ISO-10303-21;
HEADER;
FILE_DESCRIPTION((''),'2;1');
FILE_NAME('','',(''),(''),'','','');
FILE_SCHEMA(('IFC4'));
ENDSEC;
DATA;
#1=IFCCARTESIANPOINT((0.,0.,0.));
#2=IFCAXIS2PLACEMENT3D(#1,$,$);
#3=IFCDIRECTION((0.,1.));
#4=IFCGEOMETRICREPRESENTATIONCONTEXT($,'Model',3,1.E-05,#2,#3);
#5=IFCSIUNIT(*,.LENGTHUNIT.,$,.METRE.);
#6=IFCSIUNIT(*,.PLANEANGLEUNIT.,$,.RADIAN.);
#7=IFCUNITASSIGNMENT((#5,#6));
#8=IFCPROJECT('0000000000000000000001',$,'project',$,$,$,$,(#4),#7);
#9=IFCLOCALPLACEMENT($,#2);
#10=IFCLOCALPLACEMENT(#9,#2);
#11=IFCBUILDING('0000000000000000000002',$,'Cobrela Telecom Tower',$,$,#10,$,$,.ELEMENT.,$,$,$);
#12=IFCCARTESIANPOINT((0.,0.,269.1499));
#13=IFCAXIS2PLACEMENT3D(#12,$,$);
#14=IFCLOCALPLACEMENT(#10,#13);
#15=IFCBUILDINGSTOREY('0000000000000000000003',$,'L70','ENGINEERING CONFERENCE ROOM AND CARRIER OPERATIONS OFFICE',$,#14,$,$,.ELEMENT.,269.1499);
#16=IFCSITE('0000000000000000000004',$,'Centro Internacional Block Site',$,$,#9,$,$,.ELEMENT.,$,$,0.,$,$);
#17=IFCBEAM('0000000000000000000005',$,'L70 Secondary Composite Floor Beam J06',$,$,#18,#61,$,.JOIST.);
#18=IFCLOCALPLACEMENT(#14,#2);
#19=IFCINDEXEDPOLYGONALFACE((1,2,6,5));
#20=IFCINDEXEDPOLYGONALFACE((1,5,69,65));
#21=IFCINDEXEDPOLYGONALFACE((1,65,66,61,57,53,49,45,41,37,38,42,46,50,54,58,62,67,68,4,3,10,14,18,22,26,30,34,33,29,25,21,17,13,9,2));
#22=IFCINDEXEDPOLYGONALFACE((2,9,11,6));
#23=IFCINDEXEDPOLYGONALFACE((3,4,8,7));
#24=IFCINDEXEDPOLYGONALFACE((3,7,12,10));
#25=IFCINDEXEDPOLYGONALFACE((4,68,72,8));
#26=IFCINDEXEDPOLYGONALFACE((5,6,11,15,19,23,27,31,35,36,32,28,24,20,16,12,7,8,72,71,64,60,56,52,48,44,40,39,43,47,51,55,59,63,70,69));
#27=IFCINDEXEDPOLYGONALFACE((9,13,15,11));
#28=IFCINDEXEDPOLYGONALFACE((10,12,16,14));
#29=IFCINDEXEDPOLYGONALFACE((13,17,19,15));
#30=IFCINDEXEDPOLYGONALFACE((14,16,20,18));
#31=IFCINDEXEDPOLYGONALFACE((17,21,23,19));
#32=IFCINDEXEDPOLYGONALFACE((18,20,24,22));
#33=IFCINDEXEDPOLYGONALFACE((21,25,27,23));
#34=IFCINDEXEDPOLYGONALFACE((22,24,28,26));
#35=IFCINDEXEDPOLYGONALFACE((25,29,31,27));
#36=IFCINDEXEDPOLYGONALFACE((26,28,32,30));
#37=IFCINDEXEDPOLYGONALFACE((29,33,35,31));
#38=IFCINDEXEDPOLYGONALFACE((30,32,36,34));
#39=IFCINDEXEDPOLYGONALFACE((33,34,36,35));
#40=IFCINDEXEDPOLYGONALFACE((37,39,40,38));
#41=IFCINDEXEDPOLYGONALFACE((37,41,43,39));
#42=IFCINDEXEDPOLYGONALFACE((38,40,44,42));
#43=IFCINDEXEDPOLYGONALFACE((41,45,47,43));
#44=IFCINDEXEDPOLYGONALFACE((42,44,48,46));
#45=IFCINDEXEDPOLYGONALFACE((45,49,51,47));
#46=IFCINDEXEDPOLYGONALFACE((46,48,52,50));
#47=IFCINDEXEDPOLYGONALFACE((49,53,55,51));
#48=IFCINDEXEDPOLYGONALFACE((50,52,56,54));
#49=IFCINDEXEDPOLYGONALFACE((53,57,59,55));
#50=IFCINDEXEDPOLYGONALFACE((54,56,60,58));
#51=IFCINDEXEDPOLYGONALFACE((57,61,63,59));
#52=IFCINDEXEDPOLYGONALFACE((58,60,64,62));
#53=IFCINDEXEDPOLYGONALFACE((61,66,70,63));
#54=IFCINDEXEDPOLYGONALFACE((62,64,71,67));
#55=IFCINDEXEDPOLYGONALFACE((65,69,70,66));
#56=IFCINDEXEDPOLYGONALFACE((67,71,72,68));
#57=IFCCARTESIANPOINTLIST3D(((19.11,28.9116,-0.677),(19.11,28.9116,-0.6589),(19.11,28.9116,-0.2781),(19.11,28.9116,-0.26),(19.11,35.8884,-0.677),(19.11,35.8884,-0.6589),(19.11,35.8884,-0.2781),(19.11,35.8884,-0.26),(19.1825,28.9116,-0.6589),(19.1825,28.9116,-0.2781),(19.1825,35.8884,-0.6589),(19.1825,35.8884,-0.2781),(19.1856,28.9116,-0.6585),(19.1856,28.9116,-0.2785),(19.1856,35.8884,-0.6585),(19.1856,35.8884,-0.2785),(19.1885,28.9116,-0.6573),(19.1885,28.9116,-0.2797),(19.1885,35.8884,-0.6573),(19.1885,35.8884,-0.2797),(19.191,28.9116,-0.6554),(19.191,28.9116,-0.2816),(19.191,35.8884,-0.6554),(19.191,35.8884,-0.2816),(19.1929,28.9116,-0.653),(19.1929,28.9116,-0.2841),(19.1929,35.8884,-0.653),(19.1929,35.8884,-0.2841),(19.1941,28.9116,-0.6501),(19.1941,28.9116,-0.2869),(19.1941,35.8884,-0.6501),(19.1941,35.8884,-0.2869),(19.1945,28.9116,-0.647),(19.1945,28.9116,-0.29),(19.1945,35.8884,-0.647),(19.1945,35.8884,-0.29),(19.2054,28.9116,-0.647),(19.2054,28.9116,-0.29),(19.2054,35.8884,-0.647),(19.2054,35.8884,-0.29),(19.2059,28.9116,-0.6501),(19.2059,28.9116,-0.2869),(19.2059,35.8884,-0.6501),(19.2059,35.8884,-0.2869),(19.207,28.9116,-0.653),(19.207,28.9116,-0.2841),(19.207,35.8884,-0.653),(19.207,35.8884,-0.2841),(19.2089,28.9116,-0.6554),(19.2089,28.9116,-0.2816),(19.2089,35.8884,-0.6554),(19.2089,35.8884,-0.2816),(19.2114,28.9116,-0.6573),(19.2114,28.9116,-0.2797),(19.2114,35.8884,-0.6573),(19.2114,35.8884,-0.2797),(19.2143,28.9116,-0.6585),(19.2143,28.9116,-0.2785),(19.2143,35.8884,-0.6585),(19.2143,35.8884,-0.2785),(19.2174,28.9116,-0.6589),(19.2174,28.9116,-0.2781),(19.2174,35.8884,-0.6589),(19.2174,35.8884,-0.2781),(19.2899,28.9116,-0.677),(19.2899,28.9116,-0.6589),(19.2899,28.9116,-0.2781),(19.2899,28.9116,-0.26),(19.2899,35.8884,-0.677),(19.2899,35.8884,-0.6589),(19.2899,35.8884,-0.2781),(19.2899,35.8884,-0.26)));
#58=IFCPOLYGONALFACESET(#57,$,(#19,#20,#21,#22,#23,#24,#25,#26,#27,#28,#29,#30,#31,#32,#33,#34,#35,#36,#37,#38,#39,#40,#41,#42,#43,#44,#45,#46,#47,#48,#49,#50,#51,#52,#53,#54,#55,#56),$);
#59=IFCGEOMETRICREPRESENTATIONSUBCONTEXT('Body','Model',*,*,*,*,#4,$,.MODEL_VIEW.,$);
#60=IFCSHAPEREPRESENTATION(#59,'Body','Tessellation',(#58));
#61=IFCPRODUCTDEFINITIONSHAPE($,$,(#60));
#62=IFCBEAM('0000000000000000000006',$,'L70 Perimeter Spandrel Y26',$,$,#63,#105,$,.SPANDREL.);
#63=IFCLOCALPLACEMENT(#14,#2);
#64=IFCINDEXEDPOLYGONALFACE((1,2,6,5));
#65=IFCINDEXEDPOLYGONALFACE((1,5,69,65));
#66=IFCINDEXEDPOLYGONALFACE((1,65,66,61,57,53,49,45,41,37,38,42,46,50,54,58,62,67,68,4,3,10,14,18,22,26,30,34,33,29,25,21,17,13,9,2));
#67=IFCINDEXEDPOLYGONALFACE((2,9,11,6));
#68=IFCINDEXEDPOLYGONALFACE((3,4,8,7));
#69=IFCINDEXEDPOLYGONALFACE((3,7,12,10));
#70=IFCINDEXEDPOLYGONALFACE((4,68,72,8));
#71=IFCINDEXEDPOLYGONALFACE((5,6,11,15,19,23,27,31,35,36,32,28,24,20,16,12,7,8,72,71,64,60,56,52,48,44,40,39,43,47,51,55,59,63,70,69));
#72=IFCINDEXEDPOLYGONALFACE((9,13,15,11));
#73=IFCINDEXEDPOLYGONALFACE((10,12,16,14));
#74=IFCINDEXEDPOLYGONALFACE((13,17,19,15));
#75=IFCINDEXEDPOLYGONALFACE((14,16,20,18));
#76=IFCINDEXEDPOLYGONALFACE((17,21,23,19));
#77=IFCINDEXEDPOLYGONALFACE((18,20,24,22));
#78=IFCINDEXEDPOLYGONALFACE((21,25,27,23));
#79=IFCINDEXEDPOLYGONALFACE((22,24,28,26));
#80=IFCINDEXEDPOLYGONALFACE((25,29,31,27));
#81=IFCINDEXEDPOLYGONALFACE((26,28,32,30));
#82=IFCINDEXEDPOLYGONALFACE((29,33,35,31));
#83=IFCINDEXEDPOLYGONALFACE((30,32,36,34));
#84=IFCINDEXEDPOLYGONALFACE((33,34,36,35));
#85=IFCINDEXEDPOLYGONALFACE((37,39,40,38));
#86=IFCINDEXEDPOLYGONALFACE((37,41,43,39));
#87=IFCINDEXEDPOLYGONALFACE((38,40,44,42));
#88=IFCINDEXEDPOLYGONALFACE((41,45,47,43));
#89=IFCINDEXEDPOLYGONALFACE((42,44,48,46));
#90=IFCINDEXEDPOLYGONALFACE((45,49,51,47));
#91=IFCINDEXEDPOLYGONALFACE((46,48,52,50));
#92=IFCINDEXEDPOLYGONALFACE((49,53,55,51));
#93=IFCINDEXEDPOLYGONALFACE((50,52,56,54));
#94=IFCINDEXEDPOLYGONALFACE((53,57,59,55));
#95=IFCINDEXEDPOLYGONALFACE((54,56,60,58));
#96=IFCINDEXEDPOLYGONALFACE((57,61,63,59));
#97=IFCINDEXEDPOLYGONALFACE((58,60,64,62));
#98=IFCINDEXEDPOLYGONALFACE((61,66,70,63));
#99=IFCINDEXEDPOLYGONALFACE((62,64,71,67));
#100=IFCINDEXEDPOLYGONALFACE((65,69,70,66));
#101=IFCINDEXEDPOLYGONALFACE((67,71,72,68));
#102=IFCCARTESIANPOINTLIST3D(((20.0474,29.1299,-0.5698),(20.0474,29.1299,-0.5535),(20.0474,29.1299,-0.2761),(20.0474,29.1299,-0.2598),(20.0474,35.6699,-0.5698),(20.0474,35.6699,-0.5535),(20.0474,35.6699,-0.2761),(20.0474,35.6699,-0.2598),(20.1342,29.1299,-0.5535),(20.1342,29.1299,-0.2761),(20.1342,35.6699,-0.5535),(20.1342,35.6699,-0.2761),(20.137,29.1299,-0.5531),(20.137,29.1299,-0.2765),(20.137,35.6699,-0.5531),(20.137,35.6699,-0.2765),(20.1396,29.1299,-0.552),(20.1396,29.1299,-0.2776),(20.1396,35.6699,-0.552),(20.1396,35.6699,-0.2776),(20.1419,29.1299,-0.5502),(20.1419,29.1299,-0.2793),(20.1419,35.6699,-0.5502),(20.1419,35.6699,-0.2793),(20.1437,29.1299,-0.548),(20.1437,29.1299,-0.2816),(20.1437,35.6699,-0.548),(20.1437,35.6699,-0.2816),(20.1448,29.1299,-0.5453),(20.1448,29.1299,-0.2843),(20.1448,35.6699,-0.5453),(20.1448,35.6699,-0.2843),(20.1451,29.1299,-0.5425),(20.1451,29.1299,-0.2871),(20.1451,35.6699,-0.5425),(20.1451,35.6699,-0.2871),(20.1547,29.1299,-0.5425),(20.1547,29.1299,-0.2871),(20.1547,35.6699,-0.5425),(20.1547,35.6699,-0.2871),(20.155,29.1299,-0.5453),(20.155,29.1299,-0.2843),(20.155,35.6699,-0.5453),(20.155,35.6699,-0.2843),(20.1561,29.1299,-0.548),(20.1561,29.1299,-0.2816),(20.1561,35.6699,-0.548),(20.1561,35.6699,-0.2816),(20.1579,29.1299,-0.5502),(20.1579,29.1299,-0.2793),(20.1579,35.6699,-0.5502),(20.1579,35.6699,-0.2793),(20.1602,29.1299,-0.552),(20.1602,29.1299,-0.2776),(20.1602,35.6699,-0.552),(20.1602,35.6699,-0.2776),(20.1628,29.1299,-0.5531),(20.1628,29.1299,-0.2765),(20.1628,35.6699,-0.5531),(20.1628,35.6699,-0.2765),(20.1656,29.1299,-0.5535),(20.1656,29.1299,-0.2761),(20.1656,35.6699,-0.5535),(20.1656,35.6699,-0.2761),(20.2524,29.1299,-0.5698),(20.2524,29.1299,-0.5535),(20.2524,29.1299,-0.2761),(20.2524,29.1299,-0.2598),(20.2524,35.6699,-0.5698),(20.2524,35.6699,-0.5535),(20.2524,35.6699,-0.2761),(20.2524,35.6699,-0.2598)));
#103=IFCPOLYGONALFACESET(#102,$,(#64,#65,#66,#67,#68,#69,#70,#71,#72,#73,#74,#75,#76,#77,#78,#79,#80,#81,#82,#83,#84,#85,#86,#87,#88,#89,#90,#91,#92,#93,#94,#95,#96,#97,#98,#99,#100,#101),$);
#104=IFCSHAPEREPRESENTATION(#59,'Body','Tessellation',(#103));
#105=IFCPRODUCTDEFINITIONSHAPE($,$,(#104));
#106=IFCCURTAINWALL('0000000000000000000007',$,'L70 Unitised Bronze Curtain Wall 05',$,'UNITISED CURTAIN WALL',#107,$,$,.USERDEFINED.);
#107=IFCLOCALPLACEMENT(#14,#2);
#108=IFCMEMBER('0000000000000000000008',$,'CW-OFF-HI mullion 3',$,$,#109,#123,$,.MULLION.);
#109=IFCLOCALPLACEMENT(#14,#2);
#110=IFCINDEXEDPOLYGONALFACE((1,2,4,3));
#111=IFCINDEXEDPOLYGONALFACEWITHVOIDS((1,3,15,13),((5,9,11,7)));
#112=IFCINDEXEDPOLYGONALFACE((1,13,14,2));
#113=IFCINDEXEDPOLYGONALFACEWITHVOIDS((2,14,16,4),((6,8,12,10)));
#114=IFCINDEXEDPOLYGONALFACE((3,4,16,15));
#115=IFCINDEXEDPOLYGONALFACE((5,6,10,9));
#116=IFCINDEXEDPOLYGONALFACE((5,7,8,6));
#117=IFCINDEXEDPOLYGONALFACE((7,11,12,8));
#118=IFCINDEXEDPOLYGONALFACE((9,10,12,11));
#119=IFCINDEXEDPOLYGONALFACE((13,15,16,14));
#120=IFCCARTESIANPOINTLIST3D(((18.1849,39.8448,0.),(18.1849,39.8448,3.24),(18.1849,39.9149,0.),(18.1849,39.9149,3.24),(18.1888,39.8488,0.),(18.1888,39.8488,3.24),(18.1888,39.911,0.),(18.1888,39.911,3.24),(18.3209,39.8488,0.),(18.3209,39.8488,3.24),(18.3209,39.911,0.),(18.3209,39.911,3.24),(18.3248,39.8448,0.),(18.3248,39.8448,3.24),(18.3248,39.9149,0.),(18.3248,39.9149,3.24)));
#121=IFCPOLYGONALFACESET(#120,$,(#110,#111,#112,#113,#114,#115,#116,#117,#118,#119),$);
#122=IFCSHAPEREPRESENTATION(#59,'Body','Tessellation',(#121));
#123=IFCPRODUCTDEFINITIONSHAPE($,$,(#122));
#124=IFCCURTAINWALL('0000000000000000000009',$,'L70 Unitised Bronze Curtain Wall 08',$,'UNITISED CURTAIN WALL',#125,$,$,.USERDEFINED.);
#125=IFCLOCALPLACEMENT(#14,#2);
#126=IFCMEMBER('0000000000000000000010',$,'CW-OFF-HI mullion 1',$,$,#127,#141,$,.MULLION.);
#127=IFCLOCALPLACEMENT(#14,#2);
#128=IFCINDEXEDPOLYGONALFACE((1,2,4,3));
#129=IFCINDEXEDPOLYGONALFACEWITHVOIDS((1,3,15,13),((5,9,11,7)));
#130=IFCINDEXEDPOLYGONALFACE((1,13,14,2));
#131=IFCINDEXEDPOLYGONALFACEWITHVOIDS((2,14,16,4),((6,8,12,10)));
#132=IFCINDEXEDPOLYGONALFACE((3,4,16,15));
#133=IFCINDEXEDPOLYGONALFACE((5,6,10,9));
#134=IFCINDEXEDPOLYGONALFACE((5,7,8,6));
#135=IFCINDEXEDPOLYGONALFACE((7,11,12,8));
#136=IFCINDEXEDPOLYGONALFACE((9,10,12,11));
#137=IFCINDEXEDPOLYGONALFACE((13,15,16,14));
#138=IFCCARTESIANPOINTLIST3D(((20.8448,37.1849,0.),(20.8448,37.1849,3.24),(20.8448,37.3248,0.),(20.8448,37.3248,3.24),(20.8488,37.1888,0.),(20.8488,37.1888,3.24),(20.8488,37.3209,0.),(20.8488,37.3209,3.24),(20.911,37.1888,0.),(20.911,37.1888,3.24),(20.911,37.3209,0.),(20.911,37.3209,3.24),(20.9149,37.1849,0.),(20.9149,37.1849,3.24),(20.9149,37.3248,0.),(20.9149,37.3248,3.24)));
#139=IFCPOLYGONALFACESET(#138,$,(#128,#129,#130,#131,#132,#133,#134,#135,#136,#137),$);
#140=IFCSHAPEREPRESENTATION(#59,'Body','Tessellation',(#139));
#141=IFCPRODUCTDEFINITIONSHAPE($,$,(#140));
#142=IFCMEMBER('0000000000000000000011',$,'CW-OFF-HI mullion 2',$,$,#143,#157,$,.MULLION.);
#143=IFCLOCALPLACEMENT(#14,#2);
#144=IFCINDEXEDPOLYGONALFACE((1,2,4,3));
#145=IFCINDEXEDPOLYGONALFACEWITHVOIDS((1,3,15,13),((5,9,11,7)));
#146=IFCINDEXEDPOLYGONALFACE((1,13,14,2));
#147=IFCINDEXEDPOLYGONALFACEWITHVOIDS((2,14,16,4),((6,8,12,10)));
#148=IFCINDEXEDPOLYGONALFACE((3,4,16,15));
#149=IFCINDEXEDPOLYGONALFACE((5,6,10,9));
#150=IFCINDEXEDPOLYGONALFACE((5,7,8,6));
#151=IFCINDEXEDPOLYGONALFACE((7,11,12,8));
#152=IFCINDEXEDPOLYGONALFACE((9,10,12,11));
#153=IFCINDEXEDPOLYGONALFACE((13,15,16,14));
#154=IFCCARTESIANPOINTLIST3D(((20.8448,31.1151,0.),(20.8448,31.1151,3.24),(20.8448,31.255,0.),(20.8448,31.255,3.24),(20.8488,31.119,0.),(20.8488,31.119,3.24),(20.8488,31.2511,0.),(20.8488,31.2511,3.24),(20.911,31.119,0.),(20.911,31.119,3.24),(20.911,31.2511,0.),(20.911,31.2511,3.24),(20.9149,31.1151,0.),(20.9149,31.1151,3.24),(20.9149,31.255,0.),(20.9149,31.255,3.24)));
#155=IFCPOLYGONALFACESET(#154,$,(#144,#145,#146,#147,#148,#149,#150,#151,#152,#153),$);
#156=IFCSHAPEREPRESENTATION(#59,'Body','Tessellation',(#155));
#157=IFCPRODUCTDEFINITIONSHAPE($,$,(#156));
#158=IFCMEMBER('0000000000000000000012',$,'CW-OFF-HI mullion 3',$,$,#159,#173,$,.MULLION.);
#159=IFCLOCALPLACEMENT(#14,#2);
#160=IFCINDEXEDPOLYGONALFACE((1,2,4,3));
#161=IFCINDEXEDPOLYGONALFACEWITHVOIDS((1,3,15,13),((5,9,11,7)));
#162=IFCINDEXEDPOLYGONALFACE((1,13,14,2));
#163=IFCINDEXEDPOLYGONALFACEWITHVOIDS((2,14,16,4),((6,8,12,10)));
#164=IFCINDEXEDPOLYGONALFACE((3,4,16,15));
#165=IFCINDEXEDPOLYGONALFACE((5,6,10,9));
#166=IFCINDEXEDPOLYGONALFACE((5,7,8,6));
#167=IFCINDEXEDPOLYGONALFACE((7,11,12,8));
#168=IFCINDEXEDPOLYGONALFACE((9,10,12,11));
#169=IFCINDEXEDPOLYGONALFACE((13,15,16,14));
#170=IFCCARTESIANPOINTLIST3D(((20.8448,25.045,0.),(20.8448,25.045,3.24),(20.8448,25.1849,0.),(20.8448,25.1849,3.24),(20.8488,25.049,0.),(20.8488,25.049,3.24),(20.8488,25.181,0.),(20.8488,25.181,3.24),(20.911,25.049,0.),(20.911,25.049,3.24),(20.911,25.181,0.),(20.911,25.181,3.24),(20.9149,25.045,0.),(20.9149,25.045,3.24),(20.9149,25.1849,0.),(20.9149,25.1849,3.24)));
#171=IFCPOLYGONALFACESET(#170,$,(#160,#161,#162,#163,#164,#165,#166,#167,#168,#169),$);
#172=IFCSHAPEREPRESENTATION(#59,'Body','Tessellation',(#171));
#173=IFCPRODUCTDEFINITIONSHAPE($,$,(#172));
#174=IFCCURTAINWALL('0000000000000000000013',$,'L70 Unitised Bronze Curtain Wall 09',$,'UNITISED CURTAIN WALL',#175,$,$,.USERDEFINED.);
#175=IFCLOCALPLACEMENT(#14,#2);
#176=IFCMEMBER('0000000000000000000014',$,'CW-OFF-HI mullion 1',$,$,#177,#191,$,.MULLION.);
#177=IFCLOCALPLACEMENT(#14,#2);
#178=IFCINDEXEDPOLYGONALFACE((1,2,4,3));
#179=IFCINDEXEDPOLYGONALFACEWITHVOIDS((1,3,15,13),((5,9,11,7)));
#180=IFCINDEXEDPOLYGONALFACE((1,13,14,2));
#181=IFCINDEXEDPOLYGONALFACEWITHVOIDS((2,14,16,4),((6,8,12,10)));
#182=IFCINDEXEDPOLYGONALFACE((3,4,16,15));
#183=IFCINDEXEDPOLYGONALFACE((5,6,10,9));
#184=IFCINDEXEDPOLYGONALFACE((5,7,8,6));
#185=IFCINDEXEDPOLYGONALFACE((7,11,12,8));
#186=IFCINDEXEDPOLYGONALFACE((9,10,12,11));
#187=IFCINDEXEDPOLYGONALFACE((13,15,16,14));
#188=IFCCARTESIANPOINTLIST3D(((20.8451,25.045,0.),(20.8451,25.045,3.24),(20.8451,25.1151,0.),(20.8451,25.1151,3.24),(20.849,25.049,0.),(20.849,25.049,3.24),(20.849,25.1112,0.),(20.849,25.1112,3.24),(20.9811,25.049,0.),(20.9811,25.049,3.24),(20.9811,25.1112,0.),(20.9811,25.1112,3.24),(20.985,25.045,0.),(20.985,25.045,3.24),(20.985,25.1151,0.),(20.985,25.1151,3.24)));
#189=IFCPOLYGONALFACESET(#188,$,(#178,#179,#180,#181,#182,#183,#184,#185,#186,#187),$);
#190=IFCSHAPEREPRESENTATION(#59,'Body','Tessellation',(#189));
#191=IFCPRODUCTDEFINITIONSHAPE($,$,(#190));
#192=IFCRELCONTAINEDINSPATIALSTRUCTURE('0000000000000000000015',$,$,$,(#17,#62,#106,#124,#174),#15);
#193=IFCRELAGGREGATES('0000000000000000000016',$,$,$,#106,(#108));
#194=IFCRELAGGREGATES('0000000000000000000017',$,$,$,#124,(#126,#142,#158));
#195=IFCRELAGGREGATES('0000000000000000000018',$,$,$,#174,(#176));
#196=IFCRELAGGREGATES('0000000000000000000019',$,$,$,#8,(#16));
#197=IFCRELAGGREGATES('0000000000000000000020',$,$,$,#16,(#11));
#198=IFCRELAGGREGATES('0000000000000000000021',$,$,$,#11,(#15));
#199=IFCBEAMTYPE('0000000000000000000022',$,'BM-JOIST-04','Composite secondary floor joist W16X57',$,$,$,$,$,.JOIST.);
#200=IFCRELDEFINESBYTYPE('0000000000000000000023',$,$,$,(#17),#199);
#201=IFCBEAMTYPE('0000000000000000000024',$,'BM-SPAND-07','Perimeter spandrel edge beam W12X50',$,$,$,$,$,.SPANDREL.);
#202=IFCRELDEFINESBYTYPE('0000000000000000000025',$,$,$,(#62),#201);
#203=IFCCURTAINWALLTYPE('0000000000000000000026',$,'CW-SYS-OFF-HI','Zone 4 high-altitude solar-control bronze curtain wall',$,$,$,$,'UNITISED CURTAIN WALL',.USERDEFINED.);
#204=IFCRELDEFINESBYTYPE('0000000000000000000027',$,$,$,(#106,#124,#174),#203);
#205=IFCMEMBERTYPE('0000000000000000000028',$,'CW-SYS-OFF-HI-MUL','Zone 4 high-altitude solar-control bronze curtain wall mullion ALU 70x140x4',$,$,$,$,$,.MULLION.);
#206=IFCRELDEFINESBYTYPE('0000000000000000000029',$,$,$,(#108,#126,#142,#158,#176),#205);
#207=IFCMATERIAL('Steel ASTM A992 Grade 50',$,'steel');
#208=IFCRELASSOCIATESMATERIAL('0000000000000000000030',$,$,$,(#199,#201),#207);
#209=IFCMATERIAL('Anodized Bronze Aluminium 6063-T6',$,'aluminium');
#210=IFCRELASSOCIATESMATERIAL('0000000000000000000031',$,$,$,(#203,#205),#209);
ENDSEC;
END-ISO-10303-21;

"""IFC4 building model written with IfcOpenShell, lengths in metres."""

from ifc_helpers import new_model, si_unit, direction, frame, origin, origin_2d, place, context, subcontext, project, spatial, hollow_rectangle, i_section, extrude, material, material_profile, profile_set, type_object, element, aggregate, save


model = new_model("IFC4")

# Units and contexts
model_context = context("Model", 3, precision=1e-05, world=origin(), true_north=direction((0.0, 1.0)))
body_context = subcontext(model_context, "Body", "Model", "MODEL_VIEW")
ifc_project = project(units=[si_unit("LENGTHUNIT", "METRE"), si_unit("PLANEANGLEUNIT", "RADIAN")], contexts=[model_context])

# Site, building, storey
site_placement = place(None, origin())
site = spatial("IfcSite", under=ifc_project, at=site_placement, Name="Centro Internacional Block Site", CompositionType="ELEMENT", RefElevation=0.0)
building_placement = place(site_placement, origin())
building = spatial("IfcBuilding", under=site, at=building_placement, Name="Cobrela Telecom Tower", CompositionType="ELEMENT")
storey_placement = place(building_placement, frame((0.0, 0.0, 269.1499)))
storey = spatial("IfcBuildingStorey", under=building, at=storey_placement, Name="L70", Description="ENGINEERING CONFERENCE ROOM AND CARRIER OPERATIONS OFFICE", CompositionType="ELEMENT", Elevation=269.1499)

# Shared definitions
ifc_material_1 = material(Name="Steel ASTM A992 Grade 50", Category="steel")

# Beams
ifc_material_profile_1 = material_profile(ifc_material_1, i_section(OverallWidth=0.1799, OverallDepth=0.417, WebThickness=0.011, FlangeThickness=0.0181, FilletRadius=0.012, at=origin_2d()), Name="W16X57")
ifc_profile_set_1 = profile_set([ifc_material_profile_1], Name="Steel ASTM A992 Grade 50")
beam_type_1 = type_object("IfcBeamType", Name="BM-JOIST-04", Description="Composite secondary floor joist W16X57", PredefinedType="JOIST", material=ifc_profile_set_1)
beam_1_placement = place(storey_placement, frame((19.2, 28.9116, -0.4685), z_axis=(0.0, 1.0, 0.0), x_axis=(-1.0, 0.0, 0.0)))
element("IfcBeam", 1, at=beam_1_placement, inside=storey, type_object=beam_type_1, Name="L70 Secondary Composite Floor Beam J06", PredefinedType="JOIST", context=body_context, shape_type="SweptSolid", body=[
    extrude(i_section(OverallWidth=0.1799, OverallDepth=0.417, WebThickness=0.011, FlangeThickness=0.0181, FilletRadius=0.012, at=origin_2d()), origin(), (0.0, 0.0, 1.0), 6.9768),
])
ifc_material_profile_2 = material_profile(ifc_material_1, i_section(OverallWidth=0.2051, OverallDepth=0.3101, WebThickness=0.0095, FlangeThickness=0.0164, FilletRadius=0.011, at=origin_2d()), Name="W12X50")
ifc_profile_set_2 = profile_set([ifc_material_profile_2], Name="Steel ASTM A992 Grade 50")
beam_type_2 = type_object("IfcBeamType", Name="BM-SPAND-07", Description="Perimeter spandrel edge beam W12X50", PredefinedType="SPANDREL", material=ifc_profile_set_2)
beam_2_placement = place(storey_placement, frame((20.1499, 29.1299, -0.4148), z_axis=(0.0, 1.0, 0.0), x_axis=(-1.0, 0.0, 0.0)))
element("IfcBeam", 2, at=beam_2_placement, inside=storey, type_object=beam_type_2, Name="L70 Perimeter Spandrel Y26", PredefinedType="SPANDREL", context=body_context, shape_type="SweptSolid", body=[
    extrude(i_section(OverallWidth=0.2051, OverallDepth=0.3101, WebThickness=0.0095, FlangeThickness=0.0164, FilletRadius=0.011, at=origin_2d()), origin(), (0.0, 0.0, 1.0), 6.54),
])

# Curtain wall, member
ifc_material_2 = material(Name="Anodized Bronze Aluminium 6063-T6", Category="aluminium")
curtain_wall_type = type_object("IfcCurtainWallType", Name="CW-SYS-OFF-HI", Description="Zone 4 high-altitude solar-control bronze curtain wall", ElementType="UNITISED CURTAIN WALL", PredefinedType="USERDEFINED", material=ifc_material_2)
curtain_wall_1_placement = place(storey_placement, origin())
curtain_wall_1 = element("IfcCurtainWall", 3, at=curtain_wall_1_placement, inside=storey, type_object=curtain_wall_type, Name="L70 Unitised Bronze Curtain Wall 05", ObjectType="UNITISED CURTAIN WALL", PredefinedType="USERDEFINED")
ifc_material_profile_3 = material_profile(ifc_material_2, hollow_rectangle(XDim=0.0701, YDim=0.1399, WallThickness=0.0039, at=origin_2d()), Name="ALU 70x140x4")
ifc_profile_set_3 = profile_set([ifc_material_profile_3], Name="Anodized Bronze Aluminium 6063-T6")
member_type_1 = type_object("IfcMemberType", Name="CW-SYS-OFF-HI-MUL", Description="Zone 4 high-altitude solar-control bronze curtain wall mullion ALU 70x140x4", PredefinedType="MULLION", material=ifc_profile_set_3)
member_1_placement = place(storey_placement, frame((18.2549, 39.8799, 0.0), z_axis=(0.0, 0.0, 1.0), x_axis=(0.0, 1.0, 0.0)))
member_1 = element("IfcMember", 4, at=member_1_placement, type_object=member_type_1, Name="CW-OFF-HI mullion 3", PredefinedType="MULLION", context=body_context, shape_type="SweptSolid", body=[
    extrude(hollow_rectangle(XDim=0.0701, YDim=0.1399, WallThickness=0.0039, at=origin_2d()), origin(), (0.0, 0.0, 1.0), 3.24),
])
aggregate(curtain_wall_1, [member_1])

# Curtain wall, members
curtain_wall_2_placement = place(storey_placement, origin())
curtain_wall_2 = element("IfcCurtainWall", 5, at=curtain_wall_2_placement, inside=storey, type_object=curtain_wall_type, Name="L70 Unitised Bronze Curtain Wall 08", ObjectType="UNITISED CURTAIN WALL", PredefinedType="USERDEFINED")
member_2_placement = place(storey_placement, frame((20.8799, 37.2549, 0.0), z_axis=(0.0, 0.0, 1.0), x_axis=(1.0, 0.0, 0.0)))
member_2 = element("IfcMember", 6, at=member_2_placement, type_object=member_type_1, Name="CW-OFF-HI mullion 1", PredefinedType="MULLION", context=body_context, shape_type="SweptSolid", body=[
    extrude(hollow_rectangle(XDim=0.0701, YDim=0.1399, WallThickness=0.0039, at=origin_2d()), origin(), (0.0, 0.0, 1.0), 3.24),
])
member_3_placement = place(storey_placement, frame((20.8799, 31.1851, 0.0), z_axis=(0.0, 0.0, 1.0), x_axis=(1.0, 0.0, 0.0)))
member_3 = element("IfcMember", 7, at=member_3_placement, type_object=member_type_1, Name="CW-OFF-HI mullion 2", PredefinedType="MULLION", context=body_context, shape_type="SweptSolid", body=[
    extrude(hollow_rectangle(XDim=0.0701, YDim=0.1399, WallThickness=0.0039, at=origin_2d()), origin(), (0.0, 0.0, 1.0), 3.24),
])
member_4_placement = place(storey_placement, frame((20.8799, 25.115, 0.0), z_axis=(0.0, 0.0, 1.0), x_axis=(1.0, 0.0, 0.0)))
member_4 = element("IfcMember", 8, at=member_4_placement, type_object=member_type_1, Name="CW-OFF-HI mullion 3", PredefinedType="MULLION", context=body_context, shape_type="SweptSolid", body=[
    extrude(hollow_rectangle(XDim=0.0701, YDim=0.1399, WallThickness=0.0039, at=origin_2d()), origin(), (0.0, 0.0, 1.0), 3.24),
])

# Curtain wall, member
curtain_wall_3_placement = place(storey_placement, origin())
curtain_wall_3 = element("IfcCurtainWall", 9, at=curtain_wall_3_placement, inside=storey, type_object=curtain_wall_type, Name="L70 Unitised Bronze Curtain Wall 09", ObjectType="UNITISED CURTAIN WALL", PredefinedType="USERDEFINED")
member_5_placement = place(storey_placement, frame((20.915, 25.0801, 0.0), z_axis=(0.0, 0.0, 1.0), x_axis=(0.0, 1.0, 0.0)))
member_5 = element("IfcMember", 10, at=member_5_placement, type_object=member_type_1, Name="CW-OFF-HI mullion 1", PredefinedType="MULLION", context=body_context, shape_type="SweptSolid", body=[
    extrude(hollow_rectangle(XDim=0.0701, YDim=0.1399, WallThickness=0.0039, at=origin_2d()), origin(), (0.0, 0.0, 1.0), 3.24),
])

aggregate(curtain_wall_2, [member_2, member_3, member_4])
aggregate(curtain_wall_3, [member_5])

save(model, "model.ifc")
